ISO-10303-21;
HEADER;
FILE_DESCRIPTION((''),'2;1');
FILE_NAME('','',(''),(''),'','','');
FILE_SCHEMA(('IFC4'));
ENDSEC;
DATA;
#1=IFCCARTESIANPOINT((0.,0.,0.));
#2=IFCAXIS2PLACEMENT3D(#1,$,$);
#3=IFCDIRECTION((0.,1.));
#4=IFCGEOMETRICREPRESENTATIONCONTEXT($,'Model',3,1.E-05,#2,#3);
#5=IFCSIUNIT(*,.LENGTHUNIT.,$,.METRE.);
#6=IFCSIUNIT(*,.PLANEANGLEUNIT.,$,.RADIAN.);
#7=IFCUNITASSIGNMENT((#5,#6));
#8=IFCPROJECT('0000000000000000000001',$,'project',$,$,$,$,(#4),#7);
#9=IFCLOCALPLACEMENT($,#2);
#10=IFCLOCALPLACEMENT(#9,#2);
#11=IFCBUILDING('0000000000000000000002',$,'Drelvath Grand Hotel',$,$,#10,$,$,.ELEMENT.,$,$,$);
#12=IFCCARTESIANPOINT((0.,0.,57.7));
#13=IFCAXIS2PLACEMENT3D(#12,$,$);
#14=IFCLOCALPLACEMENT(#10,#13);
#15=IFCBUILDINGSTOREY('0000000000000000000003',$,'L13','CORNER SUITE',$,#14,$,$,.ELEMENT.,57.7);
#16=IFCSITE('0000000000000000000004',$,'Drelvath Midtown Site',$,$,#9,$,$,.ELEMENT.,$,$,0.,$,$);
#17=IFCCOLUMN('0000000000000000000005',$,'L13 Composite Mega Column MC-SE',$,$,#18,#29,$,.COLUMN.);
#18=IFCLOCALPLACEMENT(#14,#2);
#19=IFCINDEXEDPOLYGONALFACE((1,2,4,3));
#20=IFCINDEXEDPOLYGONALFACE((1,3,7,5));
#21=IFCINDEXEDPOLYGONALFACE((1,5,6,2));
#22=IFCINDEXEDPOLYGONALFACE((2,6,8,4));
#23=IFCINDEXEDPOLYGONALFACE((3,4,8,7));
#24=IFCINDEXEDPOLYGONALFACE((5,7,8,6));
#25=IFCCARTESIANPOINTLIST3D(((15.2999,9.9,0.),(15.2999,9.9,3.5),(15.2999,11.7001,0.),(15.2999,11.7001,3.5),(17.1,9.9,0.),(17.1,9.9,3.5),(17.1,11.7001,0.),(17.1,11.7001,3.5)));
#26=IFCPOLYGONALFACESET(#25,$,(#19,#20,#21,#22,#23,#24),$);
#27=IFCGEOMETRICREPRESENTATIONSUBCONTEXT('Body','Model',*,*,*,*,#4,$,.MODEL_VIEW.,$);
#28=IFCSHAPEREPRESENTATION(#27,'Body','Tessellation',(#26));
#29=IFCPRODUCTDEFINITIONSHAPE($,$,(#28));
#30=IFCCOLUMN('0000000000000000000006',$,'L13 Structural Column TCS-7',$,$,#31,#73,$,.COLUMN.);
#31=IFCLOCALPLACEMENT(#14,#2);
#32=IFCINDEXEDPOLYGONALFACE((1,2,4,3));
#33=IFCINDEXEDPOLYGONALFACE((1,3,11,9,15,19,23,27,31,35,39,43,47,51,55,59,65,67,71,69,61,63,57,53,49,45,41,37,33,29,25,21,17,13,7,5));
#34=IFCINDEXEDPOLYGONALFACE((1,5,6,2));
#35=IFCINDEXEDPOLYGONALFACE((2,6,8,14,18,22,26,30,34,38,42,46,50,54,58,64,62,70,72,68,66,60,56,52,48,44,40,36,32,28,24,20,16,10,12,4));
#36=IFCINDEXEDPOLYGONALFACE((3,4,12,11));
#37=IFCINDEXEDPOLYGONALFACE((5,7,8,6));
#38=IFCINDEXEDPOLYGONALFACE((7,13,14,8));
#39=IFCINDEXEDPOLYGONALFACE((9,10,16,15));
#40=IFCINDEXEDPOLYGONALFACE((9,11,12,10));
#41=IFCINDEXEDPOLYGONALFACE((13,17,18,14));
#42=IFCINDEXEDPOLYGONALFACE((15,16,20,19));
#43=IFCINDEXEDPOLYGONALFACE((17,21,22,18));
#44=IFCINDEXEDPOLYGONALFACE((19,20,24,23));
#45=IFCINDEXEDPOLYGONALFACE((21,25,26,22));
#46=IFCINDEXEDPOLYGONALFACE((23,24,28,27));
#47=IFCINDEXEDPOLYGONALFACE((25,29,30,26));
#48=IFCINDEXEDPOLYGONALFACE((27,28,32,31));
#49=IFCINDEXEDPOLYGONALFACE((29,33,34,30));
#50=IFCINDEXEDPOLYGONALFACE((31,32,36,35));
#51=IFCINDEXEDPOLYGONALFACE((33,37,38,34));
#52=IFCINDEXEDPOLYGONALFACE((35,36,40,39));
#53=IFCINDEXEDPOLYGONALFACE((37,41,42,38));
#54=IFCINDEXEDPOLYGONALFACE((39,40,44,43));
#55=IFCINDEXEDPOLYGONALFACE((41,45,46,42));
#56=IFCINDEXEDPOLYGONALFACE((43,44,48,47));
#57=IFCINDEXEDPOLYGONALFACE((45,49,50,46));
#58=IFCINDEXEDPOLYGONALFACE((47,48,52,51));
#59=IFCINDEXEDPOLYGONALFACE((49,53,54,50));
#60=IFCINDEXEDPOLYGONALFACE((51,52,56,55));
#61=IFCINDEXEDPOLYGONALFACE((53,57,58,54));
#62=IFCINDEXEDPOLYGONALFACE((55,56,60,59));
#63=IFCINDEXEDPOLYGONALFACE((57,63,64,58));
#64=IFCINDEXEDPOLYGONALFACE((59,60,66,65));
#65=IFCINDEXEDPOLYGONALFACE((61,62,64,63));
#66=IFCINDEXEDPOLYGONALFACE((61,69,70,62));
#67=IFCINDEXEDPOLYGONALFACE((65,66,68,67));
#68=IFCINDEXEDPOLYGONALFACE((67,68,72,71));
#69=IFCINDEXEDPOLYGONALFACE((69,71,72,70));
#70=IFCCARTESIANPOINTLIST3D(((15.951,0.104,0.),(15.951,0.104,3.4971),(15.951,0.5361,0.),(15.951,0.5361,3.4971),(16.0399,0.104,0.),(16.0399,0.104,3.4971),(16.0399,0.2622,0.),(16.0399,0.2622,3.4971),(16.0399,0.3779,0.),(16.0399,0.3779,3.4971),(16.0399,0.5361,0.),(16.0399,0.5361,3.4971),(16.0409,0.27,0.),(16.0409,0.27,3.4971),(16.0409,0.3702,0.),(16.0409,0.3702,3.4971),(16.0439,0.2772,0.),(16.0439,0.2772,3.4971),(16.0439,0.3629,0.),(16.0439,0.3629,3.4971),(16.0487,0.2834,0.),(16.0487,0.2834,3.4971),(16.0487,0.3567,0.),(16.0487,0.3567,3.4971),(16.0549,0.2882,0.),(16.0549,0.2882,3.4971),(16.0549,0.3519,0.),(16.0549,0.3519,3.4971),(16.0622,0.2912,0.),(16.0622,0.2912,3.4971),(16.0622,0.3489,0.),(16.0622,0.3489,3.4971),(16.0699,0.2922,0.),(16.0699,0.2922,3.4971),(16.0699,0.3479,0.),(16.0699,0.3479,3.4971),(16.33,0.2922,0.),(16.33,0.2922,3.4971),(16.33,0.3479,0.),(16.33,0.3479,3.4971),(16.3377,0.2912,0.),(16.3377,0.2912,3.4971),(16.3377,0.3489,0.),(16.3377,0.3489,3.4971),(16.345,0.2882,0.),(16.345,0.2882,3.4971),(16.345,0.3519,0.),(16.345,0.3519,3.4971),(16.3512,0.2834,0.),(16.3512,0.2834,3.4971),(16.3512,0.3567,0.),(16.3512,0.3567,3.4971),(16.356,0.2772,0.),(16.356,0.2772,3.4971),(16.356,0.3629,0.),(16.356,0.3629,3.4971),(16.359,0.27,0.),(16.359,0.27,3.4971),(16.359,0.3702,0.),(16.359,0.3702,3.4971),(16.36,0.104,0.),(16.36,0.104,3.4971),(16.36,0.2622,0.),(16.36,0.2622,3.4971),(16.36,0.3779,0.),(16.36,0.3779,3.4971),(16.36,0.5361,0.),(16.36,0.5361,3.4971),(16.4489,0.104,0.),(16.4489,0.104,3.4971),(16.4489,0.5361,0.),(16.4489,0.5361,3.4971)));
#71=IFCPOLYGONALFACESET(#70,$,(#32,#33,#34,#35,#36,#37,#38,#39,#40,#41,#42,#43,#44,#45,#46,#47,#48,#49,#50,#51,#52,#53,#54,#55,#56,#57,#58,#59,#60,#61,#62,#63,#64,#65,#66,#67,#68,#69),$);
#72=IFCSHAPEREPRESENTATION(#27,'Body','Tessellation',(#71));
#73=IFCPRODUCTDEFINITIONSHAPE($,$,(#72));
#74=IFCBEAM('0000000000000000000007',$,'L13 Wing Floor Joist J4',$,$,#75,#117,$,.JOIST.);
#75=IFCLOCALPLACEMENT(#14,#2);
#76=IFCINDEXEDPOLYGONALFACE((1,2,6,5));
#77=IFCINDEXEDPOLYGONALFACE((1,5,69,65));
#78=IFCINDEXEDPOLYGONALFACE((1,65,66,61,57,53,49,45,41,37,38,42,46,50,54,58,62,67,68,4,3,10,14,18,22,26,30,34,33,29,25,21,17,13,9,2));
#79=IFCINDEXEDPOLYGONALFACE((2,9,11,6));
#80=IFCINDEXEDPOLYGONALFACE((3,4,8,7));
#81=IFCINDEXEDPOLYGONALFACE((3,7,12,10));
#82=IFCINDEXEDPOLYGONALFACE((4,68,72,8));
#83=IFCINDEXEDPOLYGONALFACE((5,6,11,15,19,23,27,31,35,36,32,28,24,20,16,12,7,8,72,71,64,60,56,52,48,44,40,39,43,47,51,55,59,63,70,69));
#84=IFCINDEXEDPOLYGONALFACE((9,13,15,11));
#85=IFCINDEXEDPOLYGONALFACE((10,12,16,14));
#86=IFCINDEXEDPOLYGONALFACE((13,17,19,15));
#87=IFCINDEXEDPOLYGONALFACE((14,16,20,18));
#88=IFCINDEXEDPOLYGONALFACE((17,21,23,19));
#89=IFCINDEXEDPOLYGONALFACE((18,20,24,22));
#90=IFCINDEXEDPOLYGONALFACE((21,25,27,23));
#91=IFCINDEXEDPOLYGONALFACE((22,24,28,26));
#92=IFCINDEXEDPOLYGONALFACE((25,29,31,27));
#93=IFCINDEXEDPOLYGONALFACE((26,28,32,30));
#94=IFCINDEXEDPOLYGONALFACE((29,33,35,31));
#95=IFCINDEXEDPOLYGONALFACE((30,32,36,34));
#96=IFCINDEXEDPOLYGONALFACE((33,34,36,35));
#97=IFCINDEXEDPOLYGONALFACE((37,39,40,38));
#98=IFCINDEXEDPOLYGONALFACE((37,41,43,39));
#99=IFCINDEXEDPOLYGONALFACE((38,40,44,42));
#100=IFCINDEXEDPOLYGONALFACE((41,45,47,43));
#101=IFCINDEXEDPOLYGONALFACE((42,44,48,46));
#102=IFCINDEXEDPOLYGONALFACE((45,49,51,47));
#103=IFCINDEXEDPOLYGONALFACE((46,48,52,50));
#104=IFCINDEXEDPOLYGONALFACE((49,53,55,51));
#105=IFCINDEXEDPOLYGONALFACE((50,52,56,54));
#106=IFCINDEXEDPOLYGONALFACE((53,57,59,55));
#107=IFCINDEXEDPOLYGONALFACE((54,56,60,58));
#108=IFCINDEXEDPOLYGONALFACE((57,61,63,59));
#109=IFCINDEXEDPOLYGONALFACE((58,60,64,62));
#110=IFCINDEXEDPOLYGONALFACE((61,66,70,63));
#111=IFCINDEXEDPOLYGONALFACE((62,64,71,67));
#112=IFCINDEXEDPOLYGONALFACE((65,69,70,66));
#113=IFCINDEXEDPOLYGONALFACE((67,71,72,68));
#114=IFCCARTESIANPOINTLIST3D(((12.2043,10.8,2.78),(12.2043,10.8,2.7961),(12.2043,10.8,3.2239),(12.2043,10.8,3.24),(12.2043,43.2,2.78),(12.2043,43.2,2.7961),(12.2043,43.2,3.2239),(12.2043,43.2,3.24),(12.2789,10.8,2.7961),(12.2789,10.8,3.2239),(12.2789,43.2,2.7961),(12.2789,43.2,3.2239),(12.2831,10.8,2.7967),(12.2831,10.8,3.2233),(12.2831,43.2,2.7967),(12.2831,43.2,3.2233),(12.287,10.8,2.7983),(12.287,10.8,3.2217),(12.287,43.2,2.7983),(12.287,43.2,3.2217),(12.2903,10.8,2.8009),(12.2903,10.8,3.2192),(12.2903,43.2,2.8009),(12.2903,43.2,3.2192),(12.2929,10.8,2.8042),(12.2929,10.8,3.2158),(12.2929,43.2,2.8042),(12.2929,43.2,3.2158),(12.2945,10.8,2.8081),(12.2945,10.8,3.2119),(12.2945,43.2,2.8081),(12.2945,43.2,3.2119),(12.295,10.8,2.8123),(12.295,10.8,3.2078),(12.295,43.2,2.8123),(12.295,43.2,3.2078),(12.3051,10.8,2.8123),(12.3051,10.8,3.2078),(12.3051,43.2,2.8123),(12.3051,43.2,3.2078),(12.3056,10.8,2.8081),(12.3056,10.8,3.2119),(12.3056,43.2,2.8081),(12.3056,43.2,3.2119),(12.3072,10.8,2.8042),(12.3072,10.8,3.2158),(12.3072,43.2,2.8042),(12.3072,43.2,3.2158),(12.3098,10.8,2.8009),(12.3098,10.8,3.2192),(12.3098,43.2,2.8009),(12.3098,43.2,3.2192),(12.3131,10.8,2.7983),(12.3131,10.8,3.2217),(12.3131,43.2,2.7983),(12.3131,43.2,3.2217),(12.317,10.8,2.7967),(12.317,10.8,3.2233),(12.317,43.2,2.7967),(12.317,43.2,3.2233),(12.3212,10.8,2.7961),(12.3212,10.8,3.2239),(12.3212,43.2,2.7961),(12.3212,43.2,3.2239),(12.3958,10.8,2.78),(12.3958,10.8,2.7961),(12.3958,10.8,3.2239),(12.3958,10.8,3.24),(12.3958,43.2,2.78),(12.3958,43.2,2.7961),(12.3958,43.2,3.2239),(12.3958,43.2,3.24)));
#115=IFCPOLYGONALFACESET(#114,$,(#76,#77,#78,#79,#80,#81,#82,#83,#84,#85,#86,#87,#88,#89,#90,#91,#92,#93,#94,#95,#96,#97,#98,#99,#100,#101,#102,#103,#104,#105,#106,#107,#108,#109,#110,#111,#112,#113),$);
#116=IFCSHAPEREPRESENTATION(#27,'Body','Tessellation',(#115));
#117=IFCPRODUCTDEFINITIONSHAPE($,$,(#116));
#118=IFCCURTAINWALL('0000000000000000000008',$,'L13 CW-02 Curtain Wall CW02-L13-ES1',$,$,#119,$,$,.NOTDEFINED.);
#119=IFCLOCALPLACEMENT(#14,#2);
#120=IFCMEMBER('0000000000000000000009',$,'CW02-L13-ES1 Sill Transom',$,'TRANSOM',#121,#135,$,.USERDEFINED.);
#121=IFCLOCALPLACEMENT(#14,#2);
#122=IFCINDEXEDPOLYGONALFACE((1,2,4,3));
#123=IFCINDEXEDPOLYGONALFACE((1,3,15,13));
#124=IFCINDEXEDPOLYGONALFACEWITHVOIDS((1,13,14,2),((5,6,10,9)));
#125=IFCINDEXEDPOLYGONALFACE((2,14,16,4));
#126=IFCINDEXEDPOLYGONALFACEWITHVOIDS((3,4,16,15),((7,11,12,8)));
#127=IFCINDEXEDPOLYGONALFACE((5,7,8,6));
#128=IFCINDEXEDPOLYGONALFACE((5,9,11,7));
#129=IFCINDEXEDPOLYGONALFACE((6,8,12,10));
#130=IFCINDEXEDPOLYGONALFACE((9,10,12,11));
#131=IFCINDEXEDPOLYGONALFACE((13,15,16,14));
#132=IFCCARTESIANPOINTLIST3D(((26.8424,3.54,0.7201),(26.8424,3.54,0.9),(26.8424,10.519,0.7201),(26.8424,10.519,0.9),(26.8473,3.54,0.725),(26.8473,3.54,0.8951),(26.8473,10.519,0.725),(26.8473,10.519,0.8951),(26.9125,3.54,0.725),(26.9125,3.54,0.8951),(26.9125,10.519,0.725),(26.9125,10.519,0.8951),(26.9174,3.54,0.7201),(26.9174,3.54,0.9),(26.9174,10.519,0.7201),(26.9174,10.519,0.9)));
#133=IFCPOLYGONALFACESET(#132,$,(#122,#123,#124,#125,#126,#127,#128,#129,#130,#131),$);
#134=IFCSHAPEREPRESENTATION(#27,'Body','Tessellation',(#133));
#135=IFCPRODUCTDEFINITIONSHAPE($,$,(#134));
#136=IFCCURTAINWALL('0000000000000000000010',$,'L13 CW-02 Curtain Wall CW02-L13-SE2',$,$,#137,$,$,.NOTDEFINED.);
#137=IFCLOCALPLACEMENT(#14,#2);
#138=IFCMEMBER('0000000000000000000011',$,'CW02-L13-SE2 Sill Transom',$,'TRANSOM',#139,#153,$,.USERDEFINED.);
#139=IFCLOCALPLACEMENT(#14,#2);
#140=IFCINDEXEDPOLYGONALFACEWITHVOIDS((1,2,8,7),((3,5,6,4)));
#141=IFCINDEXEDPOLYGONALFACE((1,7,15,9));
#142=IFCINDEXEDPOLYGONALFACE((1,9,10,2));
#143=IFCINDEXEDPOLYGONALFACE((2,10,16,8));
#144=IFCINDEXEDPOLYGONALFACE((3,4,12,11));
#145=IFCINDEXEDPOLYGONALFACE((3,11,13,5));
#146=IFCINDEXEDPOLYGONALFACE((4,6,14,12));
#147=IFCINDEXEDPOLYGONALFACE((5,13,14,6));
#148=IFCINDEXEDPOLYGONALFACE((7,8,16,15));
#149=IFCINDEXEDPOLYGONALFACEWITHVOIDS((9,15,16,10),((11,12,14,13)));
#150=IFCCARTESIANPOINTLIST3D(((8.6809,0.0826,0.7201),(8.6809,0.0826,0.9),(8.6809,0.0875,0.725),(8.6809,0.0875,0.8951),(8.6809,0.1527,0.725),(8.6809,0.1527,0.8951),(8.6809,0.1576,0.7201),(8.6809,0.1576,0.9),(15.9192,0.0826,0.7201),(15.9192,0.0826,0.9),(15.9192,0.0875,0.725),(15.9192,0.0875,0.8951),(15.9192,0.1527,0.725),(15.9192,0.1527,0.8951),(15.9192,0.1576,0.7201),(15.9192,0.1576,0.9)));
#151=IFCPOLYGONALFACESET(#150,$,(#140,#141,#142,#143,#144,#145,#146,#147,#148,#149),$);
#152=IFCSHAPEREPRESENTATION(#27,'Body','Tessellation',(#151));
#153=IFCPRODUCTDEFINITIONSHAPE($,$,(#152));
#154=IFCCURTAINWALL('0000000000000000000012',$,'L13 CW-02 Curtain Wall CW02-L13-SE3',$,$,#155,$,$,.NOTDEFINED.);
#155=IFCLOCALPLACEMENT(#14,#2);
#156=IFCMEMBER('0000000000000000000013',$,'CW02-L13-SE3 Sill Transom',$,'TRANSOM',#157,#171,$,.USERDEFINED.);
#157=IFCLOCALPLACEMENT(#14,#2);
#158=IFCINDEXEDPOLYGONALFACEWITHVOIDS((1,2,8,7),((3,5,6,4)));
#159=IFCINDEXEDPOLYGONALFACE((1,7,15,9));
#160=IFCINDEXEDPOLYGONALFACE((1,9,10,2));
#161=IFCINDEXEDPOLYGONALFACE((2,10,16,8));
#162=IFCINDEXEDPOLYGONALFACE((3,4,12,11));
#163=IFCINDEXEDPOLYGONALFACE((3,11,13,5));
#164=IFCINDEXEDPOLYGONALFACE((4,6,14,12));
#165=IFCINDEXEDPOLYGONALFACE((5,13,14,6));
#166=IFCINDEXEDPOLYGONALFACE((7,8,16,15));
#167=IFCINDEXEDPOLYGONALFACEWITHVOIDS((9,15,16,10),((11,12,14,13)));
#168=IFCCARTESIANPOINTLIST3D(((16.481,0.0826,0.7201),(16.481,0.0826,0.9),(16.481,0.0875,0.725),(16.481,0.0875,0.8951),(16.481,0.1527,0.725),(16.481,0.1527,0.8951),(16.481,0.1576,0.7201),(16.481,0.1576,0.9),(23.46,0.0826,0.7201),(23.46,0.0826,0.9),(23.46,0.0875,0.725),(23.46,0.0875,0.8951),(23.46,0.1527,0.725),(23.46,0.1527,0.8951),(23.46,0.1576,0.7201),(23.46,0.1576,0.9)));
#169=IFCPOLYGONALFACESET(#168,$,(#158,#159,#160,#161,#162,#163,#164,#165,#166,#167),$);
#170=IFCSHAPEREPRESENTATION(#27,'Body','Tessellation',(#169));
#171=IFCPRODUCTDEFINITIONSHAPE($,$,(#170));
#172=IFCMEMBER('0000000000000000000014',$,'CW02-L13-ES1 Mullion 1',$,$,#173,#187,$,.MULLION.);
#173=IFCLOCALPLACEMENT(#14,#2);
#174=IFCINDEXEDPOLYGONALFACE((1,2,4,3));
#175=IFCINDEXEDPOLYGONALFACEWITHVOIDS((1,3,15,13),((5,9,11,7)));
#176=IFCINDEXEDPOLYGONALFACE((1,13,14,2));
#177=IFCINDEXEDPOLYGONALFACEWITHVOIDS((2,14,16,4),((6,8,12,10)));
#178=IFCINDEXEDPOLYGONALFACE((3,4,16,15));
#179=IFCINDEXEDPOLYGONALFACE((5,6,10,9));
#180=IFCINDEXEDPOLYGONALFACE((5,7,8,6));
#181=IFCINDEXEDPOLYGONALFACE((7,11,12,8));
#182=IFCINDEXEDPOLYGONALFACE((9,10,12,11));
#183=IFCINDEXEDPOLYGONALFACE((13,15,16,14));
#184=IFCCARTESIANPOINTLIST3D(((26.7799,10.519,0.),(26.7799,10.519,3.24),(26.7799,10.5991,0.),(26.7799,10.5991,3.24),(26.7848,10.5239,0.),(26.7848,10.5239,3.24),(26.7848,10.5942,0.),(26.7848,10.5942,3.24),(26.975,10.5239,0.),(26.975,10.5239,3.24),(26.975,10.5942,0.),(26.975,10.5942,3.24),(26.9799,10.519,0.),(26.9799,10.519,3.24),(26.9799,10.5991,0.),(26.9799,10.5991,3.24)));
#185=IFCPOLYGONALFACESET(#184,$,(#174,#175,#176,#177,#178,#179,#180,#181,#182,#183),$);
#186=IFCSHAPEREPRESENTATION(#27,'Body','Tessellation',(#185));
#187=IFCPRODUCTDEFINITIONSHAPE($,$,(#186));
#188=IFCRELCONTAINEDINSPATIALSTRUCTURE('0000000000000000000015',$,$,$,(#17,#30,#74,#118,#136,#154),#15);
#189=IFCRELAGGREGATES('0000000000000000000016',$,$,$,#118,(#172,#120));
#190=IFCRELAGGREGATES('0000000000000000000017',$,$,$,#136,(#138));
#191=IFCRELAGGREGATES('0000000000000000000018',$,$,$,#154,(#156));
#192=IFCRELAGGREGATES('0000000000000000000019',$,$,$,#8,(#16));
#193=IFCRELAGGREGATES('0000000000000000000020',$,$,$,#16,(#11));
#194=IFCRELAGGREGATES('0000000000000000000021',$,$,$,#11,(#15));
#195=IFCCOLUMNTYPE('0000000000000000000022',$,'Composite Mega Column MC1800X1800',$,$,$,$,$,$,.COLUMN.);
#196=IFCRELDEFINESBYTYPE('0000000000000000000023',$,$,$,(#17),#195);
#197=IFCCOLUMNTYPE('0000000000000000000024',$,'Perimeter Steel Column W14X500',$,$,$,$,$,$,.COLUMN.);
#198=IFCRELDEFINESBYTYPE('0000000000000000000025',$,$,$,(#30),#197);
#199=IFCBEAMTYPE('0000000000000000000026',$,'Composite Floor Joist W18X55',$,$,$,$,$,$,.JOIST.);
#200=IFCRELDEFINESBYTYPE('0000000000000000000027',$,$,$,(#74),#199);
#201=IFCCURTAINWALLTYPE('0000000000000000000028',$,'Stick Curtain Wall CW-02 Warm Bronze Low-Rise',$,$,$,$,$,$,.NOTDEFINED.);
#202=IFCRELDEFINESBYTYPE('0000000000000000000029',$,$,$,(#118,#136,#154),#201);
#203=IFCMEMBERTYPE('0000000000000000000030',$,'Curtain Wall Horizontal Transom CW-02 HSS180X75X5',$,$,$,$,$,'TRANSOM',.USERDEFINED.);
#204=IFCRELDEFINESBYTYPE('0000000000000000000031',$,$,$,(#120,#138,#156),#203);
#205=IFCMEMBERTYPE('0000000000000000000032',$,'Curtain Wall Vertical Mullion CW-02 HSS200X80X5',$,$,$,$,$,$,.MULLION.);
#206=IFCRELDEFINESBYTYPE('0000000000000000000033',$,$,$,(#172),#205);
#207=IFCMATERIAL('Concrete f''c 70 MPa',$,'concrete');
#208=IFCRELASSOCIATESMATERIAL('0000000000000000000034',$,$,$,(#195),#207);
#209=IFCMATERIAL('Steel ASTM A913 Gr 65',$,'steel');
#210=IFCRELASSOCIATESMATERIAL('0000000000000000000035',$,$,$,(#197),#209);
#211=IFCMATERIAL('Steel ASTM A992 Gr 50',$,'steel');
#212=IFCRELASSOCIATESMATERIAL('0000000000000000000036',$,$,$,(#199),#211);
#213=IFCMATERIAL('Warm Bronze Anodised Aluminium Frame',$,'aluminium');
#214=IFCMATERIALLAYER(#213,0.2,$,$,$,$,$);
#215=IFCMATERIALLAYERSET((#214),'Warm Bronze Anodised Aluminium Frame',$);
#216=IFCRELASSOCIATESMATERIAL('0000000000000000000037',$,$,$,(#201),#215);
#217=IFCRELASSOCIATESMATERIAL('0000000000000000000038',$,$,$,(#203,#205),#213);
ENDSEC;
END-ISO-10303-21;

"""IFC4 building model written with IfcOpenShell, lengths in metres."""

from ifc_helpers import new_model, si_unit, direction, frame, origin, origin_2d, place, context, subcontext, project, spatial, rectangle, hollow_rectangle, i_section, extrude, material, layer, layer_set, material_profile, profile_set, type_object, element, aggregate, save


model = new_model("IFC4")

# Units and contexts
model_context = context("Model", 3, precision=1e-05, world=origin(), true_north=direction((0.0, 1.0)))
body_context = subcontext(model_context, "Body", "Model", "MODEL_VIEW")
ifc_project = project(units=[si_unit("LENGTHUNIT", "METRE"), si_unit("PLANEANGLEUNIT", "RADIAN")], contexts=[model_context])

# Site, building, storey
site_placement = place(None, origin())
site = spatial("IfcSite", under=ifc_project, at=site_placement, Name="Drelvath Midtown Site", CompositionType="ELEMENT", RefElevation=0.0)
building_placement = place(site_placement, origin())
building = spatial("IfcBuilding", under=site, at=building_placement, Name="Drelvath Grand Hotel", CompositionType="ELEMENT")
storey_placement = place(building_placement, frame((0.0, 0.0, 57.7)))
storey = spatial("IfcBuildingStorey", under=building, at=storey_placement, Name="L13", Description="CORNER SUITE", CompositionType="ELEMENT", Elevation=57.7)

# Columns
ifc_material_1 = material(Name="Concrete f'c 70 MPa", Category="concrete")
ifc_material_profile_1 = material_profile(ifc_material_1, rectangle(XDim=1.8, YDim=1.8, at=origin_2d()), Name="MC1800X1800")
ifc_profile_set_1 = profile_set([ifc_material_profile_1], Name="Concrete f'c 70 MPa")
column_type_1 = type_object("IfcColumnType", Name="Composite Mega Column MC1800X1800", PredefinedType="COLUMN", material=ifc_profile_set_1)
column_1_placement = place(storey_placement, frame((16.2, 10.8, 0.0), z_axis=(0.0, 0.0, 1.0), x_axis=(1.0, 0.0, 0.0)))
element("IfcColumn", 1, at=column_1_placement, inside=storey, type_object=column_type_1, Name="L13 Composite Mega Column MC-SE", PredefinedType="COLUMN", context=body_context, shape_type="SweptSolid", body=[
    extrude(rectangle(XDim=1.8, YDim=1.8, at=origin_2d()), origin(), (0.0, 0.0, 1.0), 3.5),
])
ifc_material_2 = material(Name="Steel ASTM A913 Gr 65", Category="steel")
ifc_material_profile_2 = material_profile(ifc_material_2, i_section(OverallWidth=0.4321, OverallDepth=0.4978, WebThickness=0.0557, FlangeThickness=0.0889, FilletRadius=0.03, at=origin_2d()), Name="W14X500")
ifc_profile_set_2 = profile_set([ifc_material_profile_2], Name="Steel ASTM A913 Gr 65")
column_type_2 = type_object("IfcColumnType", Name="Perimeter Steel Column W14X500", PredefinedType="COLUMN", material=ifc_profile_set_2)
column_2_placement = place(storey_placement, frame((16.2, 0.3201, 0.0), z_axis=(0.0, 0.0, 1.0), x_axis=(0.0, 1.0, 0.0)))
element("IfcColumn", 2, at=column_2_placement, inside=storey, type_object=column_type_2, Name="L13 Structural Column TCS-7", PredefinedType="COLUMN", context=body_context, shape_type="SweptSolid", body=[
    extrude(i_section(OverallWidth=0.4321, OverallDepth=0.4978, WebThickness=0.0557, FlangeThickness=0.0889, FilletRadius=0.03, at=origin_2d()), origin(), (0.0, 0.0, 1.0), 3.4971),
])

# Beam
ifc_material_3 = material(Name="Steel ASTM A992 Gr 50", Category="steel")
ifc_material_profile_3 = material_profile(ifc_material_3, i_section(OverallWidth=0.1914, OverallDepth=0.46, WebThickness=0.01, FlangeThickness=0.0161, FilletRadius=0.0161, at=origin_2d()), Name="W18X55")
ifc_profile_set_3 = profile_set([ifc_material_profile_3], Name="Steel ASTM A992 Gr 50")
beam_type_1 = type_object("IfcBeamType", Name="Composite Floor Joist W18X55", PredefinedType="JOIST", material=ifc_profile_set_3)
beam_1_placement = place(storey_placement, frame((12.3, 10.8, 3.01), z_axis=(0.0, 1.0, 0.0), x_axis=(-1.0, 0.0, 0.0)))
element("IfcBeam", 3, at=beam_1_placement, inside=storey, type_object=beam_type_1, Name="L13 Wing Floor Joist J4", PredefinedType="JOIST", context=body_context, shape_type="SweptSolid", body=[
    extrude(i_section(OverallWidth=0.1914, OverallDepth=0.46, WebThickness=0.01, FlangeThickness=0.0161, FilletRadius=0.0161, at=origin_2d()), origin(), (0.0, 0.0, 1.0), 32.3999),
])

# Curtain walls, members
ifc_material_4 = material(Name="Warm Bronze Anodised Aluminium Frame", Category="aluminium")
ifc_layer_1 = layer(ifc_material_4, 0.2)
ifc_layer_set_1 = layer_set([ifc_layer_1], Name="Warm Bronze Anodised Aluminium Frame")
curtain_wall_type = type_object("IfcCurtainWallType", Name="Stick Curtain Wall CW-02 Warm Bronze Low-Rise", PredefinedType="NOTDEFINED", material=ifc_layer_set_1)
curtain_wall_1_placement = place(storey_placement, origin())
curtain_wall_1 = element("IfcCurtainWall", 4, at=curtain_wall_1_placement, inside=storey, type_object=curtain_wall_type, Name="L13 CW-02 Curtain Wall CW02-L13-ES1", PredefinedType="NOTDEFINED")
ifc_material_profile_4 = material_profile(ifc_material_4, hollow_rectangle(XDim=0.075, YDim=0.1799, WallThickness=0.0049, at=origin_2d()), Name="HSS180X75X5")
ifc_profile_set_4 = profile_set([ifc_material_profile_4], Name="Warm Bronze Anodised Aluminium Frame")
member_type_1 = type_object("IfcMemberType", Name="Curtain Wall Horizontal Transom CW-02 HSS180X75X5", ElementType="TRANSOM", PredefinedType="USERDEFINED", material=ifc_profile_set_4)
member_1_placement = place(storey_placement, frame((26.8799, 10.519, 0.8101), z_axis=(0.0, -1.0, 0.0), x_axis=(1.0, 0.0, 0.0)))
member_1 = element("IfcMember", 5, at=member_1_placement, type_object=member_type_1, Name="CW02-L13-ES1 Sill Transom", ObjectType="TRANSOM", PredefinedType="USERDEFINED", context=body_context, shape_type="SweptSolid", body=[
    extrude(hollow_rectangle(XDim=0.075, YDim=0.1799, WallThickness=0.0049, at=origin_2d()), origin(), (0.0, 0.0, 1.0), 6.979),
])
curtain_wall_2_placement = place(storey_placement, origin())
curtain_wall_2 = element("IfcCurtainWall", 6, at=curtain_wall_2_placement, inside=storey, type_object=curtain_wall_type, Name="L13 CW-02 Curtain Wall CW02-L13-SE2", PredefinedType="NOTDEFINED")
member_2_placement = place(storey_placement, frame((15.9192, 0.1201, 0.8101), z_axis=(-1.0, 0.0, 0.0), x_axis=(0.0, -1.0, 0.0)))
member_2 = element("IfcMember", 7, at=member_2_placement, type_object=member_type_1, Name="CW02-L13-SE2 Sill Transom", ObjectType="TRANSOM", PredefinedType="USERDEFINED", context=body_context, shape_type="SweptSolid", body=[
    extrude(hollow_rectangle(XDim=0.075, YDim=0.1799, WallThickness=0.0049, at=origin_2d()), origin(), (0.0, 0.0, 1.0), 7.2383),
])
curtain_wall_3_placement = place(storey_placement, origin())
curtain_wall_3 = element("IfcCurtainWall", 8, at=curtain_wall_3_placement, inside=storey, type_object=curtain_wall_type, Name="L13 CW-02 Curtain Wall CW02-L13-SE3", PredefinedType="NOTDEFINED")
member_3_placement = place(storey_placement, frame((23.46, 0.1201, 0.8101), z_axis=(-1.0, 0.0, 0.0), x_axis=(0.0, -1.0, 0.0)))
member_3 = element("IfcMember", 9, at=member_3_placement, type_object=member_type_1, Name="CW02-L13-SE3 Sill Transom", ObjectType="TRANSOM", PredefinedType="USERDEFINED", context=body_context, shape_type="SweptSolid", body=[
    extrude(hollow_rectangle(XDim=0.075, YDim=0.1799, WallThickness=0.0049, at=origin_2d()), origin(), (0.0, 0.0, 1.0), 6.979),
])

# Member
ifc_material_profile_5 = material_profile(ifc_material_4, hollow_rectangle(XDim=0.0801, YDim=0.2, WallThickness=0.0049, at=origin_2d()), Name="HSS200X80X5")
ifc_profile_set_5 = profile_set([ifc_material_profile_5], Name="Warm Bronze Anodised Aluminium Frame")
member_type_2 = type_object("IfcMemberType", Name="Curtain Wall Vertical Mullion CW-02 HSS200X80X5", PredefinedType="MULLION", material=ifc_profile_set_5)
member_4_placement = place(storey_placement, frame((26.8799, 10.5591, 0.0), z_axis=(0.0, 0.0, 1.0), x_axis=(0.0, 1.0, 0.0)))
member_4 = element("IfcMember", 10, at=member_4_placement, type_object=member_type_2, Name="CW02-L13-ES1 Mullion 1", PredefinedType="MULLION", context=body_context, shape_type="SweptSolid", body=[
    extrude(hollow_rectangle(XDim=0.0801, YDim=0.2, WallThickness=0.0049, at=origin_2d()), origin(), (0.0, 0.0, 1.0), 3.24),
])

aggregate(curtain_wall_1, [member_4, member_1])
aggregate(curtain_wall_2, [member_2])
aggregate(curtain_wall_3, [member_3])

save(model, "model.ifc")
